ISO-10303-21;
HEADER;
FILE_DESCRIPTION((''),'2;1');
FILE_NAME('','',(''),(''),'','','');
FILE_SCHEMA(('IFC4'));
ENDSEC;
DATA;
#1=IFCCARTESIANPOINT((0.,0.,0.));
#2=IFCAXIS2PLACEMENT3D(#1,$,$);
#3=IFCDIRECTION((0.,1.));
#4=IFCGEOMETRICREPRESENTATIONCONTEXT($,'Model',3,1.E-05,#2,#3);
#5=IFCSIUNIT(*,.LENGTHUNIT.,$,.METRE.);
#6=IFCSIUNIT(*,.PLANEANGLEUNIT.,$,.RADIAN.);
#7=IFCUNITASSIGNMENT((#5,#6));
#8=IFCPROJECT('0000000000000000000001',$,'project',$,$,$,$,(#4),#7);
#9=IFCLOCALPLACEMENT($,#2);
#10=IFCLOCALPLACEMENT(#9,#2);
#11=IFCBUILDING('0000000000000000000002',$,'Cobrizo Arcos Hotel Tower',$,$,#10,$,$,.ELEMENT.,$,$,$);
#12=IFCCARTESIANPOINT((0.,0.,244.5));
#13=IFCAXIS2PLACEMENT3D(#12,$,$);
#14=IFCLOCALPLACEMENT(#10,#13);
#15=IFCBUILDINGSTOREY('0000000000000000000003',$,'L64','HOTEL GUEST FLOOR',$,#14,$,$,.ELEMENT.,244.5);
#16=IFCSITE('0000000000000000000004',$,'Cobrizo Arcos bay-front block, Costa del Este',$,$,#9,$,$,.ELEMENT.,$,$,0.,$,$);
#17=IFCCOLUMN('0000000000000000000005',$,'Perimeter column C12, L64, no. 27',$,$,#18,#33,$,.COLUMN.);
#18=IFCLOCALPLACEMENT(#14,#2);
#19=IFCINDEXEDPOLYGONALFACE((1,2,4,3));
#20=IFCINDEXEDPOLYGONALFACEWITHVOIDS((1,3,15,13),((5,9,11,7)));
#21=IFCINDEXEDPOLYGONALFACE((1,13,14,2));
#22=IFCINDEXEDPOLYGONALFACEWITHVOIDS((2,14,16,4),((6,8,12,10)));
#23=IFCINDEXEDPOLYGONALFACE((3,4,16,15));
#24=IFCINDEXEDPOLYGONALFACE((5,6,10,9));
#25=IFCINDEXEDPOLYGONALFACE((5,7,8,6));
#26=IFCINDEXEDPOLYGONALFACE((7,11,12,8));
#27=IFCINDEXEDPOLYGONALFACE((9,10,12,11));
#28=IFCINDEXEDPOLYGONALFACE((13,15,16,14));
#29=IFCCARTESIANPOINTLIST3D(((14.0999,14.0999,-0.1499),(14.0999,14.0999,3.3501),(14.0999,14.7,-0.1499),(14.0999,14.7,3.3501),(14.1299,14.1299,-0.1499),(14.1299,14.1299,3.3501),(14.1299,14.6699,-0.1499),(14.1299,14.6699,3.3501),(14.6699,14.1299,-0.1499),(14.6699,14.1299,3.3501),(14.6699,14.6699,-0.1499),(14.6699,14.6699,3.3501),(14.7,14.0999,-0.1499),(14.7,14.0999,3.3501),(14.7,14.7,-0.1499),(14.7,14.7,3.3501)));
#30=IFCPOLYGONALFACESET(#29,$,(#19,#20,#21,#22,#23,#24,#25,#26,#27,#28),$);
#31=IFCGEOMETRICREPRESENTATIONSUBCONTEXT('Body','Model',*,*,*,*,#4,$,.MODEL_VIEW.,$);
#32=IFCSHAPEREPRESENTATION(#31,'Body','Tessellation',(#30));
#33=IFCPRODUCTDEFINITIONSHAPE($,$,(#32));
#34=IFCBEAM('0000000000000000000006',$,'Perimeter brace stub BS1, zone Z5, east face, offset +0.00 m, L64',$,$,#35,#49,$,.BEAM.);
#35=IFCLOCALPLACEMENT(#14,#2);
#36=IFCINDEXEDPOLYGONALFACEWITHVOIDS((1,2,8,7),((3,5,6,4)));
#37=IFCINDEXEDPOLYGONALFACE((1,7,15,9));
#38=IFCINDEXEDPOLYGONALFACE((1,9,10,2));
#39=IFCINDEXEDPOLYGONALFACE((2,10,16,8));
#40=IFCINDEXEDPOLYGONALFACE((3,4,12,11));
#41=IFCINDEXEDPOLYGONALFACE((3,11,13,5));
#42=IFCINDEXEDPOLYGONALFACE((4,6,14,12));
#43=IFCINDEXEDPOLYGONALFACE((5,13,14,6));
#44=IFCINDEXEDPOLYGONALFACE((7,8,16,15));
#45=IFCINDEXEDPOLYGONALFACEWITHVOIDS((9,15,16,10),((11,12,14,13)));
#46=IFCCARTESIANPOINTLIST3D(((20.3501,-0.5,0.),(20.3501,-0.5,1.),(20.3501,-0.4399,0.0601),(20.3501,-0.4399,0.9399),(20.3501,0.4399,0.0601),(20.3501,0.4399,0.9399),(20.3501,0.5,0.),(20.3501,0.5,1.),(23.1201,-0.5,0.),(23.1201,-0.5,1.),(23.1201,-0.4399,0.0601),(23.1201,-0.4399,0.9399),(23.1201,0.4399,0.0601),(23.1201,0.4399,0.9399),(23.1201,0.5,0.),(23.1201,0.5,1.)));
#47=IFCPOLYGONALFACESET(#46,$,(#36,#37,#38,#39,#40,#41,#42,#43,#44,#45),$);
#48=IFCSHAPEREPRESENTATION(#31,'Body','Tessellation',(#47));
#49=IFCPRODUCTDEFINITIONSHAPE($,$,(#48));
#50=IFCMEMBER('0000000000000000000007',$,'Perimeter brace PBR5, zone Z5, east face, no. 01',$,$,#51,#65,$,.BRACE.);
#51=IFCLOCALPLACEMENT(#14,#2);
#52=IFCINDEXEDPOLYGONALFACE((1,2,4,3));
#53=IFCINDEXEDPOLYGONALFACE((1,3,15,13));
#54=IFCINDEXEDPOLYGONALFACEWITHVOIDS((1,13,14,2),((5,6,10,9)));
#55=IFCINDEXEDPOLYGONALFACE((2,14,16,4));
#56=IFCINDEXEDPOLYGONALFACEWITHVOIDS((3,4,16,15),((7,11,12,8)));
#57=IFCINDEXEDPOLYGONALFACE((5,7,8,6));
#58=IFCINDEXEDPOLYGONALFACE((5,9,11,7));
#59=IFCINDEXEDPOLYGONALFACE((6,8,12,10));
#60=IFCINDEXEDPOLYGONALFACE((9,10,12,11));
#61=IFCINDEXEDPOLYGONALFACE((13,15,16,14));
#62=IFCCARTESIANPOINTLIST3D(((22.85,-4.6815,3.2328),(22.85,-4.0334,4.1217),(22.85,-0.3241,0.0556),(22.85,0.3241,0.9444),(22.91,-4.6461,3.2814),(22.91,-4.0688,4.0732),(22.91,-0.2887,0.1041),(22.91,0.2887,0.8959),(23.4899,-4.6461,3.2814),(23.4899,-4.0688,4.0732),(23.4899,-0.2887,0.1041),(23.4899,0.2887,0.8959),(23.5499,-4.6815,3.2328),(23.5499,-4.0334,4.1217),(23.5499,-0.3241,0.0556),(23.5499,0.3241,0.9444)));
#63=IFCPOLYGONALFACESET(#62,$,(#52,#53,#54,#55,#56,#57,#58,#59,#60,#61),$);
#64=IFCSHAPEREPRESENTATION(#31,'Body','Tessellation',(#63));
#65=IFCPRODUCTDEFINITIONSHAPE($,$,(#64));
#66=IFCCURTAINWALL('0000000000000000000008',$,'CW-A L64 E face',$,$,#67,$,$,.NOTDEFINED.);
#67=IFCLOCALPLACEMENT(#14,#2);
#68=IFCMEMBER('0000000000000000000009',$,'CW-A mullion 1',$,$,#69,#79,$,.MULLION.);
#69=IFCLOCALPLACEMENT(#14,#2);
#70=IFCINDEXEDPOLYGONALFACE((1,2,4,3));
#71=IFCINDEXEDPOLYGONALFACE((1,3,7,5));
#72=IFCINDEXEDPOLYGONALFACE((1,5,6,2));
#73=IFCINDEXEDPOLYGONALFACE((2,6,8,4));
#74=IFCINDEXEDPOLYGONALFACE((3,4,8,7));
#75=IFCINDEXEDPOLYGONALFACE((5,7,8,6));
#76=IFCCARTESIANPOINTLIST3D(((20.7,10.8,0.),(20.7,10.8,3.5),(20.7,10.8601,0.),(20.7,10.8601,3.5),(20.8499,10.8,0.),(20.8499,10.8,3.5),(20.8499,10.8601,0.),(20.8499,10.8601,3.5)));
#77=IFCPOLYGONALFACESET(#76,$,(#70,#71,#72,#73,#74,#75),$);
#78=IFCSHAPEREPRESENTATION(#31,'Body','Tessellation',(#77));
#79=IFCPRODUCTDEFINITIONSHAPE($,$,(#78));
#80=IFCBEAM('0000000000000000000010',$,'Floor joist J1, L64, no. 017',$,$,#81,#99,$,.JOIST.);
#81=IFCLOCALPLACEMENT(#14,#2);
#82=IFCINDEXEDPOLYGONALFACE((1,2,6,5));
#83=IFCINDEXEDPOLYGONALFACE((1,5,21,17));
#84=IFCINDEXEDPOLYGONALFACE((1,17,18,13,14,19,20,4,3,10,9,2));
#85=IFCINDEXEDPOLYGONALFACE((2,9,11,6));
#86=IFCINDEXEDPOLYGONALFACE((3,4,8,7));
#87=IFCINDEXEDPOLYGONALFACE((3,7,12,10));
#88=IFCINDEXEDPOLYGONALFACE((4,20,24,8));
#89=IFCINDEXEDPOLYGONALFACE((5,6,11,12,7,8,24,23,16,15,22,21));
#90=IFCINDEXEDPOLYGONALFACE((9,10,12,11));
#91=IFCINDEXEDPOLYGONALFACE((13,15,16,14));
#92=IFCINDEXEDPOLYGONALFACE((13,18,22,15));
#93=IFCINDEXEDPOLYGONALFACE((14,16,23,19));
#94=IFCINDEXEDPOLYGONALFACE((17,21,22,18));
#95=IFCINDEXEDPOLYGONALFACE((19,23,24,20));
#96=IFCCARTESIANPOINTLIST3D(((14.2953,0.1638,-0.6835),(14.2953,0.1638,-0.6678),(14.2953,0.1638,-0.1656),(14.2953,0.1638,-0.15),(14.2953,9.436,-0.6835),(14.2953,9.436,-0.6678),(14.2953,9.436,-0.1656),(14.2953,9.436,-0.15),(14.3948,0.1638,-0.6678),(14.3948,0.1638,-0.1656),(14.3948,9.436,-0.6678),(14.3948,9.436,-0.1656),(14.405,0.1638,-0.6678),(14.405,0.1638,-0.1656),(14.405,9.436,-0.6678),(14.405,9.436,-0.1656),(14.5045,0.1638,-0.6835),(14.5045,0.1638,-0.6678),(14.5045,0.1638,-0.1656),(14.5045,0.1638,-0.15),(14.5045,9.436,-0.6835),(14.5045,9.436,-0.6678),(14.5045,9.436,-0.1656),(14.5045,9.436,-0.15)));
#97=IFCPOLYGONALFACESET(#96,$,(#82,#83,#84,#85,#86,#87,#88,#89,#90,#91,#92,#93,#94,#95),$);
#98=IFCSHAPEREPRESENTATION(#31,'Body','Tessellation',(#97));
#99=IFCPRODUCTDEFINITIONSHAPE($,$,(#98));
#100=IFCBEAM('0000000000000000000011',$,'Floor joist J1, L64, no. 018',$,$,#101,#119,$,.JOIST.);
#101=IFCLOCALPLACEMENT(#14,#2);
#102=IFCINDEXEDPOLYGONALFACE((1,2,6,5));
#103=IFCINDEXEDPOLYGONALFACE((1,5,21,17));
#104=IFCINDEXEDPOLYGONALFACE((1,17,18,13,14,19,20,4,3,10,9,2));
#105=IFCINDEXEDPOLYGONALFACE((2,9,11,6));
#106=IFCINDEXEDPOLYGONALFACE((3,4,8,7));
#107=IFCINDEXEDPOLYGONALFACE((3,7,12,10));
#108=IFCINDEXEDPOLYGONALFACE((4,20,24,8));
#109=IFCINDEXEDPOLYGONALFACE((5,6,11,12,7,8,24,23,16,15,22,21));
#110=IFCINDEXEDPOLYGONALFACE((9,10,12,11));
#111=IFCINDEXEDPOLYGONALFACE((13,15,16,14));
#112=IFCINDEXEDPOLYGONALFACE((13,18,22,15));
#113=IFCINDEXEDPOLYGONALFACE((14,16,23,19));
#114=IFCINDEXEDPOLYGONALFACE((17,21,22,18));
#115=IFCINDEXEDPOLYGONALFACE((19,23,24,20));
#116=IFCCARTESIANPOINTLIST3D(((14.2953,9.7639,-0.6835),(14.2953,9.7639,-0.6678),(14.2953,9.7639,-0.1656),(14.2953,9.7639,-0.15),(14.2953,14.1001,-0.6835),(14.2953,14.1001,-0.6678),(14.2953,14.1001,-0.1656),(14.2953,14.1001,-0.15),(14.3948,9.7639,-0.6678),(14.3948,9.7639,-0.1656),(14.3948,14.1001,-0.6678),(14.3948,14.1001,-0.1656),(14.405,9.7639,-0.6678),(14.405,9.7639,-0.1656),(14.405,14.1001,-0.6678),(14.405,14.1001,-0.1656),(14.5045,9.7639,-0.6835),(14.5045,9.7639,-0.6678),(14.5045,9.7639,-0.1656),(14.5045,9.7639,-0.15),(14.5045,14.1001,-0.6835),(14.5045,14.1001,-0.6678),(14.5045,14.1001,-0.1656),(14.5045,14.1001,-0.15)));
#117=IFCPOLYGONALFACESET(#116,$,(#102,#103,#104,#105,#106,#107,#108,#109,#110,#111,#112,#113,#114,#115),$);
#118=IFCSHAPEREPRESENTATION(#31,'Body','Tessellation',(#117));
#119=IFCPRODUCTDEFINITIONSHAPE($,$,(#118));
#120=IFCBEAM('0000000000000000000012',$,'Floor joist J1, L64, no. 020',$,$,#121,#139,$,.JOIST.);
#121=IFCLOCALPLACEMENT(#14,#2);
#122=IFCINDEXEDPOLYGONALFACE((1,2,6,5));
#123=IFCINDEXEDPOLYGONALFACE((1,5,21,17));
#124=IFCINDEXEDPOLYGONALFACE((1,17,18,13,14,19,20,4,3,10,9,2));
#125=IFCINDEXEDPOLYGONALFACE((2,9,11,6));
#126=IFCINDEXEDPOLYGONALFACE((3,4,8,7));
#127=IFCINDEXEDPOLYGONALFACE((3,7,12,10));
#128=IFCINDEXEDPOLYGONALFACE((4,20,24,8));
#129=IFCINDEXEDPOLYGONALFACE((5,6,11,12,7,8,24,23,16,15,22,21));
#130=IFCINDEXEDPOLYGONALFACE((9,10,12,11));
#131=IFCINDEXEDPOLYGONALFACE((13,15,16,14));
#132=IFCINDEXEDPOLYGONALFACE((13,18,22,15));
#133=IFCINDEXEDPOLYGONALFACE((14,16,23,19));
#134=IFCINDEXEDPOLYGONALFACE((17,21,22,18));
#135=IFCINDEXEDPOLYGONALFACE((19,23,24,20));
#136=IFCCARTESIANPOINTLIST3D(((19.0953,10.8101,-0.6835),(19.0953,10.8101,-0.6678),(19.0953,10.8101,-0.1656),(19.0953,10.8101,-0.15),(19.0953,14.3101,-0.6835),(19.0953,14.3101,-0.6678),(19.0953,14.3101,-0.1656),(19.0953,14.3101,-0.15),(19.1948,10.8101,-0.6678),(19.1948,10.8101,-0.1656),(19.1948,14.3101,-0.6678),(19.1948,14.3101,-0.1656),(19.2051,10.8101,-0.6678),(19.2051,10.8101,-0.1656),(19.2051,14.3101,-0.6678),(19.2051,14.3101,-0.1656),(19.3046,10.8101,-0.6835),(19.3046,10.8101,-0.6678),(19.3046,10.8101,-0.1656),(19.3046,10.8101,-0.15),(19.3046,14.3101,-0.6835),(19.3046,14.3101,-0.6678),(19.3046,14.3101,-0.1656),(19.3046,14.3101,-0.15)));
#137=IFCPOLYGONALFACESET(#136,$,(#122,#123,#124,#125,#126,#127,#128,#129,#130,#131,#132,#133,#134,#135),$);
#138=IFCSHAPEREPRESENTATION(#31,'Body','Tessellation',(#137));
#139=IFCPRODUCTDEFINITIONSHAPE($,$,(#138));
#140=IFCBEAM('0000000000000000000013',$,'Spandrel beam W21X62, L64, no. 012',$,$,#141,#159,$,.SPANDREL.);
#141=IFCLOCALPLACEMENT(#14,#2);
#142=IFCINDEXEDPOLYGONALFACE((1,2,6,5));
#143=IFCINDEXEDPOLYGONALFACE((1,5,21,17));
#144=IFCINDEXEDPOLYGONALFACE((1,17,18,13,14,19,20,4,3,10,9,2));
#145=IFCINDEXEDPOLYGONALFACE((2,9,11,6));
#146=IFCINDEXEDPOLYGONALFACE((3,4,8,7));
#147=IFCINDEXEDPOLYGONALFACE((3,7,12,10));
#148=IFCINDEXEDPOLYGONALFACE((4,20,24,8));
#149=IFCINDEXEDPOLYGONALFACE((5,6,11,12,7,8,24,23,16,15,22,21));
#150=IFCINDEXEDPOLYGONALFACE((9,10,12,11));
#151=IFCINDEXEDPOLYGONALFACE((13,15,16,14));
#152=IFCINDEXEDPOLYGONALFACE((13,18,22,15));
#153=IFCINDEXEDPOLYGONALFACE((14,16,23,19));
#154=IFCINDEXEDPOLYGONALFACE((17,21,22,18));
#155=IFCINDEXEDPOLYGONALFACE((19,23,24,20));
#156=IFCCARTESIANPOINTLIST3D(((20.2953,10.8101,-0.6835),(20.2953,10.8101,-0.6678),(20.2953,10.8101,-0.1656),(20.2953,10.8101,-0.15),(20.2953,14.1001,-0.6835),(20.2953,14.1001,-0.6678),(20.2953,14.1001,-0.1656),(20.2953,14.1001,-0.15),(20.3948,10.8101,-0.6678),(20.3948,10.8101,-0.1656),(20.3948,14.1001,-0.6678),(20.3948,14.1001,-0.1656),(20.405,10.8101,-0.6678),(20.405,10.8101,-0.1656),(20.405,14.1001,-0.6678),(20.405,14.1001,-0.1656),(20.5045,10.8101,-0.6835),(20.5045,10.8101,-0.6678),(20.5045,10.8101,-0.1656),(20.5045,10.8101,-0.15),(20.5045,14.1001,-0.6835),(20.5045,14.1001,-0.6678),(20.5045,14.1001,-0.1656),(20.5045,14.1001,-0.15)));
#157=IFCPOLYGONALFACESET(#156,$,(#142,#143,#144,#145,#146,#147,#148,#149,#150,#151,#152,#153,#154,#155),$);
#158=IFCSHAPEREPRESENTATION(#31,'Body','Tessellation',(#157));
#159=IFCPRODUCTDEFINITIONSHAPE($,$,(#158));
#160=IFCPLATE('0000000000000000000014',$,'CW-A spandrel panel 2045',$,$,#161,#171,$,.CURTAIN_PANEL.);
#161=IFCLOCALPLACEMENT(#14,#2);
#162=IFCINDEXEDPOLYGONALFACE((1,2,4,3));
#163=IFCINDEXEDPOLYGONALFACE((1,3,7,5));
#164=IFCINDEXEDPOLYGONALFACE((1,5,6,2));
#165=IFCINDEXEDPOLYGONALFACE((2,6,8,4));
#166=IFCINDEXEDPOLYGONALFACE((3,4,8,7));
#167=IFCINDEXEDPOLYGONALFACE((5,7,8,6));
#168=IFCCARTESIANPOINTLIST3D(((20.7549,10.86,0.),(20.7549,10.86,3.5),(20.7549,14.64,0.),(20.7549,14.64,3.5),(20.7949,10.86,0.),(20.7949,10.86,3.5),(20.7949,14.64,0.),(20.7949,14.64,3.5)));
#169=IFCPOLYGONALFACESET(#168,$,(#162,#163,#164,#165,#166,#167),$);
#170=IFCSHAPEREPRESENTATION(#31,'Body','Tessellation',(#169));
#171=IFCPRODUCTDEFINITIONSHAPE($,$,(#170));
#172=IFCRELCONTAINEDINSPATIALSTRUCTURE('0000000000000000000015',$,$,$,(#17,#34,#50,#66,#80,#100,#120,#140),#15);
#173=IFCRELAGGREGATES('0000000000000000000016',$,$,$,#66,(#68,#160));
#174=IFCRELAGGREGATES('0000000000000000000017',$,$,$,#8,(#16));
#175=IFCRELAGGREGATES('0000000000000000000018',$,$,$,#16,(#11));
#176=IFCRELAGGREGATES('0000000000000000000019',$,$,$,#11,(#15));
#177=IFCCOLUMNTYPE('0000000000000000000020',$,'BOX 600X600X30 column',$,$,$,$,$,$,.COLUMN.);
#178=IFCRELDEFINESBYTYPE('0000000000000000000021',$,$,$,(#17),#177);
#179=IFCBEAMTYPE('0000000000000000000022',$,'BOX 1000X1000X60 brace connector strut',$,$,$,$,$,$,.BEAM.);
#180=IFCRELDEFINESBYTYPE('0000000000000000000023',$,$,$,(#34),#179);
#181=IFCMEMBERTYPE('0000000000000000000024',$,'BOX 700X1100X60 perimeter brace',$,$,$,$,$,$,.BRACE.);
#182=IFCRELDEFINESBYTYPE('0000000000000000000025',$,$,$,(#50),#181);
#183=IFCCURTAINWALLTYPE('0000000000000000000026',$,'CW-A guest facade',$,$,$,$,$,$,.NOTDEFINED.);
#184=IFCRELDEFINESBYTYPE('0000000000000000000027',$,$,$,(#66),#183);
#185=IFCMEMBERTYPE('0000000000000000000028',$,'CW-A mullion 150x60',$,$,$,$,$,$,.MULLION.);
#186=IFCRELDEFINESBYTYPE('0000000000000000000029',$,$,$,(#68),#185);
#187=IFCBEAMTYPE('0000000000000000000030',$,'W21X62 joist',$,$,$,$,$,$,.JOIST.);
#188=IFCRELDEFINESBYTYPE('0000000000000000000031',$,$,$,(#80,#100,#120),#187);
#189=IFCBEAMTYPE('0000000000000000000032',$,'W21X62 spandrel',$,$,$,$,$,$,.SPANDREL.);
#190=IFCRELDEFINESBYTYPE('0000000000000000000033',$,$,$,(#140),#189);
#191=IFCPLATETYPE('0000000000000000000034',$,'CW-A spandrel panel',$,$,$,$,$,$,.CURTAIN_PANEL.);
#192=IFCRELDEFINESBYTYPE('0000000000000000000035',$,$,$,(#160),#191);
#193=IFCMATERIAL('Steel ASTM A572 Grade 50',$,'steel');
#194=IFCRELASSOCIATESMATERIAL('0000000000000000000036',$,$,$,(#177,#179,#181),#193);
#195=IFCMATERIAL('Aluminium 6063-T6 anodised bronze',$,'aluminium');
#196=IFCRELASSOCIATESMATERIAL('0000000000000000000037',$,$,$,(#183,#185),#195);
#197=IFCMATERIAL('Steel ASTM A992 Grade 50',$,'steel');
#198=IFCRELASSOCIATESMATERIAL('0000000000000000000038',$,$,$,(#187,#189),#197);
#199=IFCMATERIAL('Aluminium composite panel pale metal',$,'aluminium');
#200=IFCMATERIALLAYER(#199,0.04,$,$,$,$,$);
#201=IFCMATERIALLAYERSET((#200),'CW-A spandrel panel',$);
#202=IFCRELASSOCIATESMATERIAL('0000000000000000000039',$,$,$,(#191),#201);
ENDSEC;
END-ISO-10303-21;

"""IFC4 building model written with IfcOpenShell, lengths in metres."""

from ifc_helpers import new_model, si_unit, direction, frame, origin, origin_2d, place, context, subcontext, project, spatial, rectangle, hollow_rectangle, i_section, extrude, material, layer, layer_set, material_profile, profile_set, type_object, element, aggregate, save


model = new_model("IFC4")

# Units and contexts
model_context = context("Model", 3, precision=1e-05, world=origin(), true_north=direction((0.0, 1.0)))
body_context = subcontext(model_context, "Body", "Model", "MODEL_VIEW")
ifc_project = project(units=[si_unit("LENGTHUNIT", "METRE"), si_unit("PLANEANGLEUNIT", "RADIAN")], contexts=[model_context])

# Site, building, storey
site_placement = place(None, origin())
site = spatial("IfcSite", under=ifc_project, at=site_placement, Name="Cobrizo Arcos bay-front block, Costa del Este", CompositionType="ELEMENT", RefElevation=0.0)
building_placement = place(site_placement, origin())
building = spatial("IfcBuilding", under=site, at=building_placement, Name="Cobrizo Arcos Hotel Tower", CompositionType="ELEMENT")
storey_placement = place(building_placement, frame((0.0, 0.0, 244.5)))
storey = spatial("IfcBuildingStorey", under=building, at=storey_placement, Name="L64", Description="HOTEL GUEST FLOOR", CompositionType="ELEMENT", Elevation=244.5)

# Column
ifc_material_1 = material(Name="Steel ASTM A572 Grade 50", Category="steel")
ifc_material_profile_1 = material_profile(ifc_material_1, hollow_rectangle(XDim=0.6001, YDim=0.6001, WallThickness=0.03, at=origin_2d()), Name="BOX 600X600X30")
ifc_profile_set_1 = profile_set([ifc_material_profile_1], Name="Steel ASTM A572 Grade 50")
column_type = type_object("IfcColumnType", Name="BOX 600X600X30 column", PredefinedType="COLUMN", material=ifc_profile_set_1)
column_placement = place(storey_placement, frame((14.3999, 14.3999, -0.1499), z_axis=(0.0, 0.0, 1.0), x_axis=(1.0, 0.0, 0.0)))
element("IfcColumn", 1, at=column_placement, inside=storey, type_object=column_type, Name="Perimeter column C12, L64, no. 27", PredefinedType="COLUMN", context=body_context, shape_type="SweptSolid", body=[
    extrude(hollow_rectangle(XDim=0.6001, YDim=0.6001, WallThickness=0.03, at=origin_2d()), origin(), (0.0, 0.0, 1.0), 3.5),
])

# Beam
ifc_material_profile_2 = material_profile(ifc_material_1, hollow_rectangle(XDim=1.0, YDim=1.0, WallThickness=0.0601, at=origin_2d()), Name="BOX 1000X1000X60")
ifc_profile_set_2 = profile_set([ifc_material_profile_2], Name="Steel ASTM A572 Grade 50")
beam_type_1 = type_object("IfcBeamType", Name="BOX 1000X1000X60 brace connector strut", PredefinedType="BEAM", material=ifc_profile_set_2)
beam_1_placement = place(storey_placement, frame((20.3501, 0.0, 0.5), z_axis=(1.0, 0.0, 0.0), x_axis=(0.0, 1.0, 0.0)))
element("IfcBeam", 2, at=beam_1_placement, inside=storey, type_object=beam_type_1, Name="Perimeter brace stub BS1, zone Z5, east face, offset +0.00 m, L64", PredefinedType="BEAM", context=body_context, shape_type="SweptSolid", body=[
    extrude(hollow_rectangle(XDim=1.0, YDim=1.0, WallThickness=0.0601, at=origin_2d()), origin(), (0.0, 0.0, 1.0), 2.77),
])

# Member
ifc_material_profile_3 = material_profile(ifc_material_1, hollow_rectangle(XDim=0.7, YDim=1.1001, WallThickness=0.0601, at=origin_2d()), Name="BOX 700X1100X60")
ifc_profile_set_3 = profile_set([ifc_material_profile_3], Name="Steel ASTM A572 Grade 50")
member_type_1 = type_object("IfcMemberType", Name="BOX 700X1100X60 perimeter brace", PredefinedType="BRACE", material=ifc_profile_set_3)
member_1_placement = place(storey_placement, frame((23.2, 0.0, 0.5), z_axis=(0.0, -0.808011, 0.589167), x_axis=(1.0, 0.0, 0.0)))
element("IfcMember", 3, at=member_1_placement, inside=storey, type_object=member_type_1, Name="Perimeter brace PBR5, zone Z5, east face, no. 01", PredefinedType="BRACE", context=body_context, shape_type="SweptSolid", body=[
    extrude(hollow_rectangle(XDim=0.7, YDim=1.1001, WallThickness=0.0601, at=origin_2d()), origin(), (0.0, 0.0, 1.0), 5.3928),
])

# Curtain wall, member
ifc_material_2 = material(Name="Aluminium 6063-T6 anodised bronze", Category="aluminium")
curtain_wall_type = type_object("IfcCurtainWallType", Name="CW-A guest facade", PredefinedType="NOTDEFINED", material=ifc_material_2)
curtain_wall_placement = place(storey_placement, origin())
curtain_wall = element("IfcCurtainWall", 4, at=curtain_wall_placement, inside=storey, type_object=curtain_wall_type, Name="CW-A L64 E face", PredefinedType="NOTDEFINED")
ifc_material_profile_4 = material_profile(ifc_material_2, rectangle(XDim=0.1499, YDim=0.0601, at=origin_2d()), Name="CW-A mullion 150x60")
ifc_profile_set_4 = profile_set([ifc_material_profile_4], Name="Aluminium 6063-T6 anodised bronze")
member_type_2 = type_object("IfcMemberType", Name="CW-A mullion 150x60", PredefinedType="MULLION", material=ifc_profile_set_4)
member_2_placement = place(storey_placement, frame((20.7749, 10.8301, 0.0), z_axis=(0.0, 0.0, 1.0), x_axis=(1.0, 0.0, 0.0)))
member_2 = element("IfcMember", 5, at=member_2_placement, type_object=member_type_2, Name="CW-A mullion 1", PredefinedType="MULLION", context=body_context, shape_type="SweptSolid", body=[
    extrude(rectangle(XDim=0.1499, YDim=0.0601, at=origin_2d()), origin(), (0.0, 0.0, 1.0), 3.5),
])

# Beams
ifc_material_3 = material(Name="Steel ASTM A992 Grade 50", Category="steel")
ifc_material_profile_5 = material_profile(ifc_material_3, i_section(OverallWidth=0.2092, OverallDepth=0.5334, WebThickness=0.0103, FlangeThickness=0.0156, at=origin_2d()), Name="W21X62")
ifc_profile_set_5 = profile_set([ifc_material_profile_5], Name="Steel ASTM A992 Grade 50")
beam_type_2 = type_object("IfcBeamType", Name="W21X62 joist", PredefinedType="JOIST", material=ifc_profile_set_5)
beam_2_placement = place(storey_placement, frame((14.3999, 0.1638, -0.4167), z_axis=(0.0, 1.0, 0.0), x_axis=(-1.0, 0.0, 0.0)))
element("IfcBeam", 6, at=beam_2_placement, inside=storey, type_object=beam_type_2, Name="Floor joist J1, L64, no. 017", PredefinedType="JOIST", context=body_context, shape_type="SweptSolid", body=[
    extrude(i_section(OverallWidth=0.2092, OverallDepth=0.5334, WebThickness=0.0103, FlangeThickness=0.0156, at=origin_2d()), origin(), (0.0, 0.0, 1.0), 9.2722),
])
beam_3_placement = place(storey_placement, frame((14.3999, 9.7639, -0.4167), z_axis=(0.0, 1.0, 0.0), x_axis=(-1.0, 0.0, 0.0)))
element("IfcBeam", 7, at=beam_3_placement, inside=storey, type_object=beam_type_2, Name="Floor joist J1, L64, no. 018", PredefinedType="JOIST", context=body_context, shape_type="SweptSolid", body=[
    extrude(i_section(OverallWidth=0.2092, OverallDepth=0.5334, WebThickness=0.0103, FlangeThickness=0.0156, at=origin_2d()), origin(), (0.0, 0.0, 1.0), 4.3362),
])
beam_4_placement = place(storey_placement, frame((19.2, 10.8101, -0.4167), z_axis=(0.0, 1.0, 0.0), x_axis=(-1.0, 0.0, 0.0)))
element("IfcBeam", 8, at=beam_4_placement, inside=storey, type_object=beam_type_2, Name="Floor joist J1, L64, no. 020", PredefinedType="JOIST", context=body_context, shape_type="SweptSolid", body=[
    extrude(i_section(OverallWidth=0.2092, OverallDepth=0.5334, WebThickness=0.0103, FlangeThickness=0.0156, at=origin_2d()), origin(), (0.0, 0.0, 1.0), 3.5),
])
ifc_material_profile_6 = material_profile(ifc_material_3, i_section(OverallWidth=0.2092, OverallDepth=0.5334, WebThickness=0.0103, FlangeThickness=0.0156, at=origin_2d()), Name="W21X62")
ifc_profile_set_6 = profile_set([ifc_material_profile_6], Name="Steel ASTM A992 Grade 50")
beam_type_3 = type_object("IfcBeamType", Name="W21X62 spandrel", PredefinedType="SPANDREL", material=ifc_profile_set_6)
beam_5_placement = place(storey_placement, frame((20.3999, 10.8101, -0.4167), z_axis=(0.0, 1.0, 0.0), x_axis=(-1.0, 0.0, 0.0)))
element("IfcBeam", 9, at=beam_5_placement, inside=storey, type_object=beam_type_3, Name="Spandrel beam W21X62, L64, no. 012", PredefinedType="SPANDREL", context=body_context, shape_type="SweptSolid", body=[
    extrude(i_section(OverallWidth=0.2092, OverallDepth=0.5334, WebThickness=0.0103, FlangeThickness=0.0156, at=origin_2d()), origin(), (0.0, 0.0, 1.0), 3.29),
])

# Plate
ifc_material_4 = material(Name="Aluminium composite panel pale metal", Category="aluminium")
ifc_layer_1 = layer(ifc_material_4, 0.04)
ifc_layer_set_1 = layer_set([ifc_layer_1], Name="CW-A spandrel panel")
plate_type = type_object("IfcPlateType", Name="CW-A spandrel panel", PredefinedType="CURTAIN_PANEL", material=ifc_layer_set_1)
plate_placement = place(storey_placement, frame((20.7749, 12.75, 0.0), z_axis=(0.0, 0.0, 1.0), x_axis=(0.0, 1.0, 0.0)))
plate = element("IfcPlate", 10, at=plate_placement, type_object=plate_type, Name="CW-A spandrel panel 2045", PredefinedType="CURTAIN_PANEL", context=body_context, shape_type="SweptSolid", body=[
    extrude(rectangle(XDim=3.78, YDim=0.04, at=origin_2d()), origin(), (0.0, 0.0, 1.0), 3.5),
])
aggregate(curtain_wall, [member_2, plate])

save(model, "model.ifc")
